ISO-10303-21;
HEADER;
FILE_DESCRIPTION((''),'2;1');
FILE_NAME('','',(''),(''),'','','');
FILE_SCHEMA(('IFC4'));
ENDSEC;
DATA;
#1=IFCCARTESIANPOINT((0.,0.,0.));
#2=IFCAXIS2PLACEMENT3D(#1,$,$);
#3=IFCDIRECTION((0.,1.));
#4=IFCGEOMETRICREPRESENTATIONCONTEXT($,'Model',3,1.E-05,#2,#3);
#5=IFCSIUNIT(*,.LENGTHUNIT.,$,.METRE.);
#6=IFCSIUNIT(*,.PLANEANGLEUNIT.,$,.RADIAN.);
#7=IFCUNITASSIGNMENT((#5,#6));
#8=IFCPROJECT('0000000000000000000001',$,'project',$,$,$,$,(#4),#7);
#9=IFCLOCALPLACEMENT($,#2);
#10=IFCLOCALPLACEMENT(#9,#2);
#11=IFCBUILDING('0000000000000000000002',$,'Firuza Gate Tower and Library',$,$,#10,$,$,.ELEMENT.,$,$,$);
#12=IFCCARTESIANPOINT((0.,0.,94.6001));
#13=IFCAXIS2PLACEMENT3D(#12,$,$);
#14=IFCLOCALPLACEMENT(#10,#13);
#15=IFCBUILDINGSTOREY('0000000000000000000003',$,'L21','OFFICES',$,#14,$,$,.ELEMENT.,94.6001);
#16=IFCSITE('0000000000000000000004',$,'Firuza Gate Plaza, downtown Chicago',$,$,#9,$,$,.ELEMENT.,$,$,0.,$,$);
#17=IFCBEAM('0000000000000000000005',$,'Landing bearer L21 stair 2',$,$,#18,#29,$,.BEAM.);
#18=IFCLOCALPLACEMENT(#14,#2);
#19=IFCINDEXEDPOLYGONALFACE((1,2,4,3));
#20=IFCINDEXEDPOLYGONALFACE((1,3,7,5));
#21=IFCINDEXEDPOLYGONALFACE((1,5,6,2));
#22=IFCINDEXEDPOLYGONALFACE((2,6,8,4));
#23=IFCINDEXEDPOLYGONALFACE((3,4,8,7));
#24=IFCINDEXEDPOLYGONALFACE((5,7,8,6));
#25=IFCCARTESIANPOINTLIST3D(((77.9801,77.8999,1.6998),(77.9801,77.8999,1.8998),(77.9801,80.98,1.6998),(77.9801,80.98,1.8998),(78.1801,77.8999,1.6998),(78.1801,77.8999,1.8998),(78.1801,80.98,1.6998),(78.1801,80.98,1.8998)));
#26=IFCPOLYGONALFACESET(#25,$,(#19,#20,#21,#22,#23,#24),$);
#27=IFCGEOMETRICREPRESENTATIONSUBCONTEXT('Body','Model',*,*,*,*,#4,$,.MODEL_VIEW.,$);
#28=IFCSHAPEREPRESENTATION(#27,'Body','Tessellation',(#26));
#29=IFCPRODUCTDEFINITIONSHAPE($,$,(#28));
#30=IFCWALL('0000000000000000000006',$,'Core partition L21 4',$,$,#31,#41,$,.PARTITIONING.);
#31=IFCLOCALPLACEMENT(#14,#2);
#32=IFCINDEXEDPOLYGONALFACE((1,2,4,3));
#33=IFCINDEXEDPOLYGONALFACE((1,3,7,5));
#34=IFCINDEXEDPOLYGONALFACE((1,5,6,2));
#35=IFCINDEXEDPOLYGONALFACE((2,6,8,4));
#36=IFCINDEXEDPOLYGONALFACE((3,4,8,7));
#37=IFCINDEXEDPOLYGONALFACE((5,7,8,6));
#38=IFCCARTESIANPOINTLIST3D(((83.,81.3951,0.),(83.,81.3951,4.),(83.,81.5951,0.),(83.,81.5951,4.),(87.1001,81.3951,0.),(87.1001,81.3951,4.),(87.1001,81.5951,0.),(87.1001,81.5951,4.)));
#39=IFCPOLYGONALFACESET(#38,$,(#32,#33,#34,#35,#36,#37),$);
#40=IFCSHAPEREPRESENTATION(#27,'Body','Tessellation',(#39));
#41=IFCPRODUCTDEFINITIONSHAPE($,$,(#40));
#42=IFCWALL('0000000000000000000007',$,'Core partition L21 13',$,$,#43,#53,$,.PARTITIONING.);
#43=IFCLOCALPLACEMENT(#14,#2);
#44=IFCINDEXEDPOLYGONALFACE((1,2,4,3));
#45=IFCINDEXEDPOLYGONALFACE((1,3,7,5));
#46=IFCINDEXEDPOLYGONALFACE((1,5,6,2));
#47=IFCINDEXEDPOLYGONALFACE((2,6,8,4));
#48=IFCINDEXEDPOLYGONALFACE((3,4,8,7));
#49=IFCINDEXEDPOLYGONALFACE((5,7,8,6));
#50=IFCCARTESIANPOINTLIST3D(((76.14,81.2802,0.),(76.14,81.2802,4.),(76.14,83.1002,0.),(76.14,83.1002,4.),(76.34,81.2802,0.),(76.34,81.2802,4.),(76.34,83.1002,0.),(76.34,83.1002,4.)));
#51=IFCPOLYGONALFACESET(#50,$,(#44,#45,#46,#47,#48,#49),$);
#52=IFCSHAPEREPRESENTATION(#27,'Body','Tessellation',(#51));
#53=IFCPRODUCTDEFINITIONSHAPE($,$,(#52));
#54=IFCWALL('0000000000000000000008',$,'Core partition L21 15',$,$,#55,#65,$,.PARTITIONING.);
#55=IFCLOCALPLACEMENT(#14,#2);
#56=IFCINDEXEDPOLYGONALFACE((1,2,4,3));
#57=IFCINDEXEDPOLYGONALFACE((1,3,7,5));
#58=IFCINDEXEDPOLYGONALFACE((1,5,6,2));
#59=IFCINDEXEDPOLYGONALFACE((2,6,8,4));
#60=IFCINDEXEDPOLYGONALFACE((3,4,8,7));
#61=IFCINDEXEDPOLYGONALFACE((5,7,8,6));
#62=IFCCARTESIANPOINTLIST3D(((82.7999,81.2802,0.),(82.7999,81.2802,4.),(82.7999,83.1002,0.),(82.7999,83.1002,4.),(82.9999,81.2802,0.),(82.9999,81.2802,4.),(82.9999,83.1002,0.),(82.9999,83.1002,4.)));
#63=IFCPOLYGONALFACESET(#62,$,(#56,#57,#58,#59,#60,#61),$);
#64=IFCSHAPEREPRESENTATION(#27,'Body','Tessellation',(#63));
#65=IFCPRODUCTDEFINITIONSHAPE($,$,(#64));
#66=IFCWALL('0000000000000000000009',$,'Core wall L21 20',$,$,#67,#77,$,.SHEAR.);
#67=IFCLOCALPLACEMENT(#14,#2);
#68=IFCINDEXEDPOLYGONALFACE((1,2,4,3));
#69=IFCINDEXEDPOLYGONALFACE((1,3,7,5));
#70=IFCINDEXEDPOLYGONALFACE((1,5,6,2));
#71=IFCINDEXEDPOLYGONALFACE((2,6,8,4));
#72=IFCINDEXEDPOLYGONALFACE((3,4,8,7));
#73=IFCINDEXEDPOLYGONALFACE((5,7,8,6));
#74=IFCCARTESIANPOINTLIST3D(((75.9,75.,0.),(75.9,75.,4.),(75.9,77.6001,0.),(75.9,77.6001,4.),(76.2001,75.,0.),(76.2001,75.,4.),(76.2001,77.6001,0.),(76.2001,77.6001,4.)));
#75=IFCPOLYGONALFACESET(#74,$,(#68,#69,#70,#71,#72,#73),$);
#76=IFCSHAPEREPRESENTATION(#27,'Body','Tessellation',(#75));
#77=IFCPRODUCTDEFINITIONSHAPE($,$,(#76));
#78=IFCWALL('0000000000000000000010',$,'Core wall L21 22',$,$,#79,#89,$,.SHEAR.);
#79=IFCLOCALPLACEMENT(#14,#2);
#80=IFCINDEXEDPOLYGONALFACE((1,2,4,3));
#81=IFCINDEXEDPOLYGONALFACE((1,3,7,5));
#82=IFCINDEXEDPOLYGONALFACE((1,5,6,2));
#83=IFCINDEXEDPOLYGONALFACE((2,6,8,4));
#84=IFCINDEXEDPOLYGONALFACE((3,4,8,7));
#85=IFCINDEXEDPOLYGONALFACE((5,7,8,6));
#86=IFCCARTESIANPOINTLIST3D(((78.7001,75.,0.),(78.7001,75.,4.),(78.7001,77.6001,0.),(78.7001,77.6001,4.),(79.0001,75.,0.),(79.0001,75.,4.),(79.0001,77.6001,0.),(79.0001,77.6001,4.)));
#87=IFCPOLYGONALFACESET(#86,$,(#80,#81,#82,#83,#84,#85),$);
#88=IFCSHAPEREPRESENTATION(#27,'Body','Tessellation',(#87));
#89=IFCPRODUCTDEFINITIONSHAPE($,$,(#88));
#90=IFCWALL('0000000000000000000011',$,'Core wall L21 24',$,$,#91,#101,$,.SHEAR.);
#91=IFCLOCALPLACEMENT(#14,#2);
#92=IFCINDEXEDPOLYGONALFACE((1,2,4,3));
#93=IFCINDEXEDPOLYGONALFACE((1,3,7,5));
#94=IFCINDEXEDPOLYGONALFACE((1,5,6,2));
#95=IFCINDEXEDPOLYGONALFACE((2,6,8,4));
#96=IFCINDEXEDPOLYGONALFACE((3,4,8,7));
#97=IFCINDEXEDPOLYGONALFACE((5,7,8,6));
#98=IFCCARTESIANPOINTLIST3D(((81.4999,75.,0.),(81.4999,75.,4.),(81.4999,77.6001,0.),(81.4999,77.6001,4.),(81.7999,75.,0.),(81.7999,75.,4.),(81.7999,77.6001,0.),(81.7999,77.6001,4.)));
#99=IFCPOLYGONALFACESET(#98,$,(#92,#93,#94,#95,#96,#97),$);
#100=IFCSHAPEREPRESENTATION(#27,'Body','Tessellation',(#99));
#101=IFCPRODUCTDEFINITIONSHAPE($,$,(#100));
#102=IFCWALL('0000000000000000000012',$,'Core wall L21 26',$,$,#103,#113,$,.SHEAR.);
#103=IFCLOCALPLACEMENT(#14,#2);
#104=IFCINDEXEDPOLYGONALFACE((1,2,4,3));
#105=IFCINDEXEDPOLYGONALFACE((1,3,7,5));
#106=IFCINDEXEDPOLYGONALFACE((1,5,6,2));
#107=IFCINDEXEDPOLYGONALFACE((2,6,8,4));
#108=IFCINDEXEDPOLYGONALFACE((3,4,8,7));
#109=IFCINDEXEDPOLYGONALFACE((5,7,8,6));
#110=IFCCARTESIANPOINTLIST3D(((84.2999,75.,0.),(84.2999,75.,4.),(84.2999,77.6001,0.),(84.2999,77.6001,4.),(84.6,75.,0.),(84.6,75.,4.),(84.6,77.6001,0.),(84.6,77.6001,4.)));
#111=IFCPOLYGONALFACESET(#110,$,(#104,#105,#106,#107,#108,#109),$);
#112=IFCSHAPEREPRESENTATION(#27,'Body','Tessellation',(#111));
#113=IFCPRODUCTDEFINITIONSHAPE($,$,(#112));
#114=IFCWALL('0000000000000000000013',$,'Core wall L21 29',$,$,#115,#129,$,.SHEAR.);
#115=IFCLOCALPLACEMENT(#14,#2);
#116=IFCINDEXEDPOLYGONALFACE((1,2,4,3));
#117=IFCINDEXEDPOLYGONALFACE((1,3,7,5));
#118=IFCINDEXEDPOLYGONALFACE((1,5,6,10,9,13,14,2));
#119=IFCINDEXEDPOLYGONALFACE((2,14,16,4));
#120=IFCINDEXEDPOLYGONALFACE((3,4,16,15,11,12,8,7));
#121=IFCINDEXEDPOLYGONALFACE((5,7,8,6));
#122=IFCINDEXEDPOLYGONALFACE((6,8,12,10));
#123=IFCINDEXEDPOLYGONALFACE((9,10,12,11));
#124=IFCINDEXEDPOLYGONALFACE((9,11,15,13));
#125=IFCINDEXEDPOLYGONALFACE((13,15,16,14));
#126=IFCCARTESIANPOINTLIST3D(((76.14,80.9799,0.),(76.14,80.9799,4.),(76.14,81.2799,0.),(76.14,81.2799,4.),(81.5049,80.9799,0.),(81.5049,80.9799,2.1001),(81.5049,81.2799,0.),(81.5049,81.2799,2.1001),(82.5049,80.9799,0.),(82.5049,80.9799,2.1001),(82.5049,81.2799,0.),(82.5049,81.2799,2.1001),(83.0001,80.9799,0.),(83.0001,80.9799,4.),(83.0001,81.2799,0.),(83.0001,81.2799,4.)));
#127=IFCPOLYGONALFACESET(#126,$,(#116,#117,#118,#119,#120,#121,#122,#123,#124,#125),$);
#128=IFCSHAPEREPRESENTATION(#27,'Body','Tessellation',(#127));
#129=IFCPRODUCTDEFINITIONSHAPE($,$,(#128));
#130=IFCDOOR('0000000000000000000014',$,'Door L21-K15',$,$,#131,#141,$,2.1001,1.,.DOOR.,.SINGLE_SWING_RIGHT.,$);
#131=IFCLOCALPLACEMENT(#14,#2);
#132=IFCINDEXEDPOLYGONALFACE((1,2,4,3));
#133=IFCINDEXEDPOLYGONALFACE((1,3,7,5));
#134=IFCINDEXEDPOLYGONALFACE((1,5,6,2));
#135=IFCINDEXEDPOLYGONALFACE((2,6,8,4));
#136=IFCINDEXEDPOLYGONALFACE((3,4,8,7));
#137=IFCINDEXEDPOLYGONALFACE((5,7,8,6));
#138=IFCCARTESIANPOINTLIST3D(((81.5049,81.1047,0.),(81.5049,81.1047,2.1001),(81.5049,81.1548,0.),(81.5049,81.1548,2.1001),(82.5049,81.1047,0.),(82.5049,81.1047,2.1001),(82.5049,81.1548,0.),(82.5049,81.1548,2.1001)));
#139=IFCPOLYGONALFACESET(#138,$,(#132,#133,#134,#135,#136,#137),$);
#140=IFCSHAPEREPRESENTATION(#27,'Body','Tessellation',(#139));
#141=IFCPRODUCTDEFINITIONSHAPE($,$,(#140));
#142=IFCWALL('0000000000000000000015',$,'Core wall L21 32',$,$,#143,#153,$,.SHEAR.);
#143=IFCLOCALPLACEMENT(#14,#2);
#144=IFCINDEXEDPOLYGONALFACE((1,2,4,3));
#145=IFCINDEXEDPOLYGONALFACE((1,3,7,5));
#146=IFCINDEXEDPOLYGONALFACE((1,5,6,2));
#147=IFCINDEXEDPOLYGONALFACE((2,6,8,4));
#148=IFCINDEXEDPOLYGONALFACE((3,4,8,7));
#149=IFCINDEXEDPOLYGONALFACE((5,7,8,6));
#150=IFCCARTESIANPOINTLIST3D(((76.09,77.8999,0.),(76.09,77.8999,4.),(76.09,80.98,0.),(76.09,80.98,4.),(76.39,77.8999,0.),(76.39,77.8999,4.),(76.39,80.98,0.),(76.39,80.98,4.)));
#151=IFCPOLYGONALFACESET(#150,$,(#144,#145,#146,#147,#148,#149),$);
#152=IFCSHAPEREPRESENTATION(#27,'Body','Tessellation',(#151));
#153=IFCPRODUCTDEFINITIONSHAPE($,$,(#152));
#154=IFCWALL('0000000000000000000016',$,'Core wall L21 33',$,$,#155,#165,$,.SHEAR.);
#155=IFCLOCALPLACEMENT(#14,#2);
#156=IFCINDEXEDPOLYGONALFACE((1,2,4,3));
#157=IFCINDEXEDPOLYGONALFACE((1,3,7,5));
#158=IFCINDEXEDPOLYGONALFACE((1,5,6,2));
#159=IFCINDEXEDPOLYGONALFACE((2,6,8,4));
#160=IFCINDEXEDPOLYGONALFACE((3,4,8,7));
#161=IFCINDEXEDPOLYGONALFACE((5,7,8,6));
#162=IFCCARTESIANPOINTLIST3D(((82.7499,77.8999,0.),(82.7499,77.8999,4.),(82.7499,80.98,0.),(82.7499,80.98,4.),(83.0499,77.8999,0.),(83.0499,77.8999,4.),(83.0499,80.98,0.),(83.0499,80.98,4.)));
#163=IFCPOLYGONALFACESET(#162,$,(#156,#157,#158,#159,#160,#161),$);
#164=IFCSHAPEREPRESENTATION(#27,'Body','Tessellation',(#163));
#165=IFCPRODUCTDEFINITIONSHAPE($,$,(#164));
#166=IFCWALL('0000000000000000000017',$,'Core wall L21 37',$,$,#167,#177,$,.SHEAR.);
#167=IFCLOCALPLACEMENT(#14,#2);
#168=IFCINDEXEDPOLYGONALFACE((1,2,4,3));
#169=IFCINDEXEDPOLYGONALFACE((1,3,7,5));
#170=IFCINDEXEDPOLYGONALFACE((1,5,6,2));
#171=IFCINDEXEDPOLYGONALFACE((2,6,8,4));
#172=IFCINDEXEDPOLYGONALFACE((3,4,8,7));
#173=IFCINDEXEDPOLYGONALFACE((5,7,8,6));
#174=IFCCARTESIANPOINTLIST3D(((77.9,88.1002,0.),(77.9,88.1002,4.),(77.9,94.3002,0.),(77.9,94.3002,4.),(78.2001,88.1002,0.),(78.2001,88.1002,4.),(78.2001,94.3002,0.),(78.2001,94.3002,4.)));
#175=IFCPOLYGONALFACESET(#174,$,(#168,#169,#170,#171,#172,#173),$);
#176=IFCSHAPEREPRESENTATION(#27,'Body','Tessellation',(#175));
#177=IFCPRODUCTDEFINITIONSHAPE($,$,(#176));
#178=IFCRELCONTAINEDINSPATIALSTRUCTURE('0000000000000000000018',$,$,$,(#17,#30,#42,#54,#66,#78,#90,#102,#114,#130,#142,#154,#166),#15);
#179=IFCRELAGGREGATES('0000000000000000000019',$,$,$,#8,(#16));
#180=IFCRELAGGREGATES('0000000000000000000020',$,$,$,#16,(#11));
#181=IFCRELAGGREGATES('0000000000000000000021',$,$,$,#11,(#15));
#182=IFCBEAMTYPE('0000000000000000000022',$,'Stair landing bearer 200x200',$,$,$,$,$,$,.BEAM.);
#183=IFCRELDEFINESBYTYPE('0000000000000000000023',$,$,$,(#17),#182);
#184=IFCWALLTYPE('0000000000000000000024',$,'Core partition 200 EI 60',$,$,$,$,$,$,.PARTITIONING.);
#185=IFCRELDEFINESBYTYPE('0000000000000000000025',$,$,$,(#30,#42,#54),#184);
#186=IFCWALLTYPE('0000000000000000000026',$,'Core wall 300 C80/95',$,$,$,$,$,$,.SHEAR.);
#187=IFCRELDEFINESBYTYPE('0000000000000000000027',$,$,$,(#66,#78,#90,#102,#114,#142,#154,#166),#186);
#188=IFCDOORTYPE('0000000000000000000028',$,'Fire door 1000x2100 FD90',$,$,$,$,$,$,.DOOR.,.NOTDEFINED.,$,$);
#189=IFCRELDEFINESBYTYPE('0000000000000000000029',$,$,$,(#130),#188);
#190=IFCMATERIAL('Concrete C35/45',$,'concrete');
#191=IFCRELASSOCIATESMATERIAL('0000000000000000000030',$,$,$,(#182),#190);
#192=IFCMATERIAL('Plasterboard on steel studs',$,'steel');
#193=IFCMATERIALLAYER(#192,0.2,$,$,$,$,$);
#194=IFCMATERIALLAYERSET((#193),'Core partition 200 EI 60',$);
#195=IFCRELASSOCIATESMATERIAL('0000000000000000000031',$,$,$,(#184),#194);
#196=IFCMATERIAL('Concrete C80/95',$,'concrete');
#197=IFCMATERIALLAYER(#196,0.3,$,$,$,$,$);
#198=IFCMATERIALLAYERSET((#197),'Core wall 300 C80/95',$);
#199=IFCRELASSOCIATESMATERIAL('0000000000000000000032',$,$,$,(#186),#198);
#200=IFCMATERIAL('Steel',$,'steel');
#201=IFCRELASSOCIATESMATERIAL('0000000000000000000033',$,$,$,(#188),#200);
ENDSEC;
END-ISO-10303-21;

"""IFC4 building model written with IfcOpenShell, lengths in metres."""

from ifc_helpers import new_model, si_unit, direction, frame, frame_2d, origin, origin_2d, place, context, subcontext, project, spatial, rectangle, extrude, material, layer, layer_set, material_profile, profile_set, type_object, element, fill, save


model = new_model("IFC4")

# Units and contexts
model_context = context("Model", 3, precision=1e-05, world=origin(), true_north=direction((0.0, 1.0)))
body_context = subcontext(model_context, "Body", "Model", "MODEL_VIEW")
ifc_project = project(units=[si_unit("LENGTHUNIT", "METRE"), si_unit("PLANEANGLEUNIT", "RADIAN")], contexts=[model_context])

# Site, building, storey
site_placement = place(None, origin())
site = spatial("IfcSite", under=ifc_project, at=site_placement, Name="Firuza Gate Plaza, downtown Chicago", CompositionType="ELEMENT", RefElevation=0.0)
building_placement = place(site_placement, origin())
building = spatial("IfcBuilding", under=site, at=building_placement, Name="Firuza Gate Tower and Library", CompositionType="ELEMENT")
storey_placement = place(building_placement, frame((0.0, 0.0, 94.6001)))
storey = spatial("IfcBuildingStorey", under=building, at=storey_placement, Name="L21", Description="OFFICES", CompositionType="ELEMENT", Elevation=94.6001)

# Beam
ifc_material_1 = material(Name="Concrete C35/45", Category="concrete")
ifc_material_profile = material_profile(ifc_material_1, rectangle(XDim=0.2, YDim=0.2, at=origin_2d()))
ifc_profile_set = profile_set([ifc_material_profile], Name="Concrete C35/45")
beam_type = type_object("IfcBeamType", Name="Stair landing bearer 200x200", PredefinedType="BEAM", material=ifc_profile_set)
beam_placement = place(storey_placement, frame((78.0801, 80.98, 1.7998), z_axis=(0.0, -1.0, 0.0), x_axis=(1.0, 0.0, 0.0)))
element("IfcBeam", 1, at=beam_placement, inside=storey, type_object=beam_type, Name="Landing bearer L21 stair 2", PredefinedType="BEAM", context=body_context, shape_type="SweptSolid", body=[
    extrude(rectangle(XDim=0.2, YDim=0.2, at=origin_2d()), origin(), (0.0, 0.0, 1.0), 3.0801),
])

# Walls
ifc_material_2 = material(Name="Plasterboard on steel studs", Category="steel")
ifc_layer_1 = layer(ifc_material_2, 0.2)
ifc_layer_set_1 = layer_set([ifc_layer_1], Name="Core partition 200 EI 60")
wall_type_1 = type_object("IfcWallType", Name="Core partition 200 EI 60", PredefinedType="PARTITIONING", material=ifc_layer_set_1)
wall_1_placement = place(storey_placement, frame((83.0, 81.4951, 0.0), z_axis=(0.0, 0.0, 1.0), x_axis=(1.0, 0.0, 0.0)))
element("IfcWall", 2, at=wall_1_placement, inside=storey, type_object=wall_type_1, Name="Core partition L21 4", PredefinedType="PARTITIONING", context=body_context, shape_type="SweptSolid", body=[
    extrude(rectangle(XDim=4.1001, YDim=0.2, at=frame_2d((2.05, 0.0))), origin(), (0.0, 0.0, 1.0), 4.0),
])
for number, where, z_axis, x_axis, name in (
    (3, (76.24, 81.28, 0.0), (0.0, 0.0, 1.0), (0.0, 1.0, 0.0), "Core partition L21 13"),
    (4, (82.8999, 81.28, 0.0), (0.0, 0.0, 1.0), (0.0, 1.0, 0.0), "Core partition L21 15"),
):
    element("IfcWall", number, at=place(storey_placement, frame(where, z_axis=z_axis, x_axis=x_axis)), inside=storey, type_object=wall_type_1, Name=name, PredefinedType="PARTITIONING", context=body_context, shape_type="SweptSolid", body=[
        extrude(rectangle(XDim=1.8201, YDim=0.2, at=frame_2d((0.9102, 0.0))), origin(), (0.0, 0.0, 1.0), 4.0),
    ])
ifc_material_3 = material(Name="Concrete C80/95", Category="concrete")
ifc_layer_2 = layer(ifc_material_3, 0.3)
ifc_layer_set_2 = layer_set([ifc_layer_2], Name="Core wall 300 C80/95")
wall_type_2 = type_object("IfcWallType", Name="Core wall 300 C80/95", PredefinedType="SHEAR", material=ifc_layer_set_2)
for number, where, z_axis, x_axis, name in (
    (5, (76.05, 75.0, 0.0), (0.0, 0.0, 1.0), (0.0, 1.0, 0.0), "Core wall L21 20"),
    (6, (78.8501, 75.0, 0.0), (0.0, 0.0, 1.0), (0.0, 1.0, 0.0), "Core wall L21 22"),
    (7, (81.6499, 75.0, 0.0), (0.0, 0.0, 1.0), (0.0, 1.0, 0.0), "Core wall L21 24"),
    (8, (84.45, 75.0, 0.0), (0.0, 0.0, 1.0), (0.0, 1.0, 0.0), "Core wall L21 26"),
):
    element("IfcWall", number, at=place(storey_placement, frame(where, z_axis=z_axis, x_axis=x_axis)), inside=storey, type_object=wall_type_2, Name=name, PredefinedType="SHEAR", context=body_context, shape_type="SweptSolid", body=[
        extrude(rectangle(XDim=2.6001, YDim=0.3, at=frame_2d((1.3, 0.0))), origin(), (0.0, 0.0, 1.0), 4.0),
    ])

# Wall, opening, door
wall_2_placement = place(storey_placement, frame((76.1399, 81.1299, 0.0), z_axis=(0.0, 0.0, 1.0), x_axis=(1.0, 0.0, 0.0)))
wall_2 = element("IfcWall", 9, at=wall_2_placement, inside=storey, type_object=wall_type_2, Name="Core wall L21 29", PredefinedType="SHEAR", context=body_context, shape_type="SweptSolid", body=[
    extrude(rectangle(XDim=6.8601, YDim=0.3, at=frame_2d((3.4302, 0.0))), origin(), (0.0, 0.0, 1.0), 4.0),
])
opening_1_placement = place(wall_2_placement, frame((5.365, 0.0, 0.0)))
opening_1 = element("IfcOpeningElement", 10, at=opening_1_placement, cuts=wall_2, PredefinedType="OPENING", context=body_context, shape_type="SweptSolid", body=[
    extrude(rectangle(XDim=1.0, YDim=2.1001, at=frame_2d((0.5, 1.05))), frame((0.0, 0.1602, 0.0), z_axis=(0.0, -1.0, 0.0), x_axis=(1.0, 0.0, 0.0)), (0.0, 0.0, 1.0), 0.3201),
])
ifc_material_4 = material(Name="Steel", Category="steel")
door_type_1 = type_object("IfcDoorType", Name="Fire door 1000x2100 FD90", OperationType="NOTDEFINED", PredefinedType="DOOR", material=ifc_material_4)
door_1_placement = place(opening_1_placement, origin())
door_1 = element("IfcDoor", 11, at=door_1_placement, inside=storey, type_object=door_type_1, Name="Door L21-K15", OperationType="SINGLE_SWING_RIGHT", OverallHeight=2.1001, OverallWidth=1.0, PredefinedType="DOOR", context=body_context, shape_type="SweptSolid", body=[
    extrude(rectangle(XDim=1.0, YDim=2.1001, at=frame_2d((0.5, 1.05))), frame((0.0, 0.0249, 0.0), z_axis=(0.0, -1.0, 0.0), x_axis=(1.0, 0.0, 0.0)), (0.0, 0.0, 1.0), 0.05),
])
fill(opening_1, door_1)

# Walls
for number, where, z_axis, x_axis, name in (
    (12, (76.24, 77.8999, 0.0), (0.0, 0.0, 1.0), (0.0, 1.0, 0.0), "Core wall L21 32"),
    (13, (82.8999, 77.8999, 0.0), (0.0, 0.0, 1.0), (0.0, 1.0, 0.0), "Core wall L21 33"),
):
    element("IfcWall", number, at=place(storey_placement, frame(where, z_axis=z_axis, x_axis=x_axis)), inside=storey, type_object=wall_type_2, Name=name, PredefinedType="SHEAR", context=body_context, shape_type="SweptSolid", body=[
        extrude(rectangle(XDim=3.0801, YDim=0.3, at=frame_2d((1.54, 0.0))), origin(), (0.0, 0.0, 1.0), 4.0),
    ])
wall_3_placement = place(storey_placement, frame((78.05, 88.1001, 0.0), z_axis=(0.0, 0.0, 1.0), x_axis=(0.0, 1.0, 0.0)))
element("IfcWall", 14, at=wall_3_placement, inside=storey, type_object=wall_type_2, Name="Core wall L21 37", PredefinedType="SHEAR", context=body_context, shape_type="SweptSolid", body=[
    extrude(rectangle(XDim=6.2, YDim=0.3, at=frame_2d((3.1001, 0.0))), origin(), (0.0, 0.0, 1.0), 4.0),
])

save(model, "model.ifc")
